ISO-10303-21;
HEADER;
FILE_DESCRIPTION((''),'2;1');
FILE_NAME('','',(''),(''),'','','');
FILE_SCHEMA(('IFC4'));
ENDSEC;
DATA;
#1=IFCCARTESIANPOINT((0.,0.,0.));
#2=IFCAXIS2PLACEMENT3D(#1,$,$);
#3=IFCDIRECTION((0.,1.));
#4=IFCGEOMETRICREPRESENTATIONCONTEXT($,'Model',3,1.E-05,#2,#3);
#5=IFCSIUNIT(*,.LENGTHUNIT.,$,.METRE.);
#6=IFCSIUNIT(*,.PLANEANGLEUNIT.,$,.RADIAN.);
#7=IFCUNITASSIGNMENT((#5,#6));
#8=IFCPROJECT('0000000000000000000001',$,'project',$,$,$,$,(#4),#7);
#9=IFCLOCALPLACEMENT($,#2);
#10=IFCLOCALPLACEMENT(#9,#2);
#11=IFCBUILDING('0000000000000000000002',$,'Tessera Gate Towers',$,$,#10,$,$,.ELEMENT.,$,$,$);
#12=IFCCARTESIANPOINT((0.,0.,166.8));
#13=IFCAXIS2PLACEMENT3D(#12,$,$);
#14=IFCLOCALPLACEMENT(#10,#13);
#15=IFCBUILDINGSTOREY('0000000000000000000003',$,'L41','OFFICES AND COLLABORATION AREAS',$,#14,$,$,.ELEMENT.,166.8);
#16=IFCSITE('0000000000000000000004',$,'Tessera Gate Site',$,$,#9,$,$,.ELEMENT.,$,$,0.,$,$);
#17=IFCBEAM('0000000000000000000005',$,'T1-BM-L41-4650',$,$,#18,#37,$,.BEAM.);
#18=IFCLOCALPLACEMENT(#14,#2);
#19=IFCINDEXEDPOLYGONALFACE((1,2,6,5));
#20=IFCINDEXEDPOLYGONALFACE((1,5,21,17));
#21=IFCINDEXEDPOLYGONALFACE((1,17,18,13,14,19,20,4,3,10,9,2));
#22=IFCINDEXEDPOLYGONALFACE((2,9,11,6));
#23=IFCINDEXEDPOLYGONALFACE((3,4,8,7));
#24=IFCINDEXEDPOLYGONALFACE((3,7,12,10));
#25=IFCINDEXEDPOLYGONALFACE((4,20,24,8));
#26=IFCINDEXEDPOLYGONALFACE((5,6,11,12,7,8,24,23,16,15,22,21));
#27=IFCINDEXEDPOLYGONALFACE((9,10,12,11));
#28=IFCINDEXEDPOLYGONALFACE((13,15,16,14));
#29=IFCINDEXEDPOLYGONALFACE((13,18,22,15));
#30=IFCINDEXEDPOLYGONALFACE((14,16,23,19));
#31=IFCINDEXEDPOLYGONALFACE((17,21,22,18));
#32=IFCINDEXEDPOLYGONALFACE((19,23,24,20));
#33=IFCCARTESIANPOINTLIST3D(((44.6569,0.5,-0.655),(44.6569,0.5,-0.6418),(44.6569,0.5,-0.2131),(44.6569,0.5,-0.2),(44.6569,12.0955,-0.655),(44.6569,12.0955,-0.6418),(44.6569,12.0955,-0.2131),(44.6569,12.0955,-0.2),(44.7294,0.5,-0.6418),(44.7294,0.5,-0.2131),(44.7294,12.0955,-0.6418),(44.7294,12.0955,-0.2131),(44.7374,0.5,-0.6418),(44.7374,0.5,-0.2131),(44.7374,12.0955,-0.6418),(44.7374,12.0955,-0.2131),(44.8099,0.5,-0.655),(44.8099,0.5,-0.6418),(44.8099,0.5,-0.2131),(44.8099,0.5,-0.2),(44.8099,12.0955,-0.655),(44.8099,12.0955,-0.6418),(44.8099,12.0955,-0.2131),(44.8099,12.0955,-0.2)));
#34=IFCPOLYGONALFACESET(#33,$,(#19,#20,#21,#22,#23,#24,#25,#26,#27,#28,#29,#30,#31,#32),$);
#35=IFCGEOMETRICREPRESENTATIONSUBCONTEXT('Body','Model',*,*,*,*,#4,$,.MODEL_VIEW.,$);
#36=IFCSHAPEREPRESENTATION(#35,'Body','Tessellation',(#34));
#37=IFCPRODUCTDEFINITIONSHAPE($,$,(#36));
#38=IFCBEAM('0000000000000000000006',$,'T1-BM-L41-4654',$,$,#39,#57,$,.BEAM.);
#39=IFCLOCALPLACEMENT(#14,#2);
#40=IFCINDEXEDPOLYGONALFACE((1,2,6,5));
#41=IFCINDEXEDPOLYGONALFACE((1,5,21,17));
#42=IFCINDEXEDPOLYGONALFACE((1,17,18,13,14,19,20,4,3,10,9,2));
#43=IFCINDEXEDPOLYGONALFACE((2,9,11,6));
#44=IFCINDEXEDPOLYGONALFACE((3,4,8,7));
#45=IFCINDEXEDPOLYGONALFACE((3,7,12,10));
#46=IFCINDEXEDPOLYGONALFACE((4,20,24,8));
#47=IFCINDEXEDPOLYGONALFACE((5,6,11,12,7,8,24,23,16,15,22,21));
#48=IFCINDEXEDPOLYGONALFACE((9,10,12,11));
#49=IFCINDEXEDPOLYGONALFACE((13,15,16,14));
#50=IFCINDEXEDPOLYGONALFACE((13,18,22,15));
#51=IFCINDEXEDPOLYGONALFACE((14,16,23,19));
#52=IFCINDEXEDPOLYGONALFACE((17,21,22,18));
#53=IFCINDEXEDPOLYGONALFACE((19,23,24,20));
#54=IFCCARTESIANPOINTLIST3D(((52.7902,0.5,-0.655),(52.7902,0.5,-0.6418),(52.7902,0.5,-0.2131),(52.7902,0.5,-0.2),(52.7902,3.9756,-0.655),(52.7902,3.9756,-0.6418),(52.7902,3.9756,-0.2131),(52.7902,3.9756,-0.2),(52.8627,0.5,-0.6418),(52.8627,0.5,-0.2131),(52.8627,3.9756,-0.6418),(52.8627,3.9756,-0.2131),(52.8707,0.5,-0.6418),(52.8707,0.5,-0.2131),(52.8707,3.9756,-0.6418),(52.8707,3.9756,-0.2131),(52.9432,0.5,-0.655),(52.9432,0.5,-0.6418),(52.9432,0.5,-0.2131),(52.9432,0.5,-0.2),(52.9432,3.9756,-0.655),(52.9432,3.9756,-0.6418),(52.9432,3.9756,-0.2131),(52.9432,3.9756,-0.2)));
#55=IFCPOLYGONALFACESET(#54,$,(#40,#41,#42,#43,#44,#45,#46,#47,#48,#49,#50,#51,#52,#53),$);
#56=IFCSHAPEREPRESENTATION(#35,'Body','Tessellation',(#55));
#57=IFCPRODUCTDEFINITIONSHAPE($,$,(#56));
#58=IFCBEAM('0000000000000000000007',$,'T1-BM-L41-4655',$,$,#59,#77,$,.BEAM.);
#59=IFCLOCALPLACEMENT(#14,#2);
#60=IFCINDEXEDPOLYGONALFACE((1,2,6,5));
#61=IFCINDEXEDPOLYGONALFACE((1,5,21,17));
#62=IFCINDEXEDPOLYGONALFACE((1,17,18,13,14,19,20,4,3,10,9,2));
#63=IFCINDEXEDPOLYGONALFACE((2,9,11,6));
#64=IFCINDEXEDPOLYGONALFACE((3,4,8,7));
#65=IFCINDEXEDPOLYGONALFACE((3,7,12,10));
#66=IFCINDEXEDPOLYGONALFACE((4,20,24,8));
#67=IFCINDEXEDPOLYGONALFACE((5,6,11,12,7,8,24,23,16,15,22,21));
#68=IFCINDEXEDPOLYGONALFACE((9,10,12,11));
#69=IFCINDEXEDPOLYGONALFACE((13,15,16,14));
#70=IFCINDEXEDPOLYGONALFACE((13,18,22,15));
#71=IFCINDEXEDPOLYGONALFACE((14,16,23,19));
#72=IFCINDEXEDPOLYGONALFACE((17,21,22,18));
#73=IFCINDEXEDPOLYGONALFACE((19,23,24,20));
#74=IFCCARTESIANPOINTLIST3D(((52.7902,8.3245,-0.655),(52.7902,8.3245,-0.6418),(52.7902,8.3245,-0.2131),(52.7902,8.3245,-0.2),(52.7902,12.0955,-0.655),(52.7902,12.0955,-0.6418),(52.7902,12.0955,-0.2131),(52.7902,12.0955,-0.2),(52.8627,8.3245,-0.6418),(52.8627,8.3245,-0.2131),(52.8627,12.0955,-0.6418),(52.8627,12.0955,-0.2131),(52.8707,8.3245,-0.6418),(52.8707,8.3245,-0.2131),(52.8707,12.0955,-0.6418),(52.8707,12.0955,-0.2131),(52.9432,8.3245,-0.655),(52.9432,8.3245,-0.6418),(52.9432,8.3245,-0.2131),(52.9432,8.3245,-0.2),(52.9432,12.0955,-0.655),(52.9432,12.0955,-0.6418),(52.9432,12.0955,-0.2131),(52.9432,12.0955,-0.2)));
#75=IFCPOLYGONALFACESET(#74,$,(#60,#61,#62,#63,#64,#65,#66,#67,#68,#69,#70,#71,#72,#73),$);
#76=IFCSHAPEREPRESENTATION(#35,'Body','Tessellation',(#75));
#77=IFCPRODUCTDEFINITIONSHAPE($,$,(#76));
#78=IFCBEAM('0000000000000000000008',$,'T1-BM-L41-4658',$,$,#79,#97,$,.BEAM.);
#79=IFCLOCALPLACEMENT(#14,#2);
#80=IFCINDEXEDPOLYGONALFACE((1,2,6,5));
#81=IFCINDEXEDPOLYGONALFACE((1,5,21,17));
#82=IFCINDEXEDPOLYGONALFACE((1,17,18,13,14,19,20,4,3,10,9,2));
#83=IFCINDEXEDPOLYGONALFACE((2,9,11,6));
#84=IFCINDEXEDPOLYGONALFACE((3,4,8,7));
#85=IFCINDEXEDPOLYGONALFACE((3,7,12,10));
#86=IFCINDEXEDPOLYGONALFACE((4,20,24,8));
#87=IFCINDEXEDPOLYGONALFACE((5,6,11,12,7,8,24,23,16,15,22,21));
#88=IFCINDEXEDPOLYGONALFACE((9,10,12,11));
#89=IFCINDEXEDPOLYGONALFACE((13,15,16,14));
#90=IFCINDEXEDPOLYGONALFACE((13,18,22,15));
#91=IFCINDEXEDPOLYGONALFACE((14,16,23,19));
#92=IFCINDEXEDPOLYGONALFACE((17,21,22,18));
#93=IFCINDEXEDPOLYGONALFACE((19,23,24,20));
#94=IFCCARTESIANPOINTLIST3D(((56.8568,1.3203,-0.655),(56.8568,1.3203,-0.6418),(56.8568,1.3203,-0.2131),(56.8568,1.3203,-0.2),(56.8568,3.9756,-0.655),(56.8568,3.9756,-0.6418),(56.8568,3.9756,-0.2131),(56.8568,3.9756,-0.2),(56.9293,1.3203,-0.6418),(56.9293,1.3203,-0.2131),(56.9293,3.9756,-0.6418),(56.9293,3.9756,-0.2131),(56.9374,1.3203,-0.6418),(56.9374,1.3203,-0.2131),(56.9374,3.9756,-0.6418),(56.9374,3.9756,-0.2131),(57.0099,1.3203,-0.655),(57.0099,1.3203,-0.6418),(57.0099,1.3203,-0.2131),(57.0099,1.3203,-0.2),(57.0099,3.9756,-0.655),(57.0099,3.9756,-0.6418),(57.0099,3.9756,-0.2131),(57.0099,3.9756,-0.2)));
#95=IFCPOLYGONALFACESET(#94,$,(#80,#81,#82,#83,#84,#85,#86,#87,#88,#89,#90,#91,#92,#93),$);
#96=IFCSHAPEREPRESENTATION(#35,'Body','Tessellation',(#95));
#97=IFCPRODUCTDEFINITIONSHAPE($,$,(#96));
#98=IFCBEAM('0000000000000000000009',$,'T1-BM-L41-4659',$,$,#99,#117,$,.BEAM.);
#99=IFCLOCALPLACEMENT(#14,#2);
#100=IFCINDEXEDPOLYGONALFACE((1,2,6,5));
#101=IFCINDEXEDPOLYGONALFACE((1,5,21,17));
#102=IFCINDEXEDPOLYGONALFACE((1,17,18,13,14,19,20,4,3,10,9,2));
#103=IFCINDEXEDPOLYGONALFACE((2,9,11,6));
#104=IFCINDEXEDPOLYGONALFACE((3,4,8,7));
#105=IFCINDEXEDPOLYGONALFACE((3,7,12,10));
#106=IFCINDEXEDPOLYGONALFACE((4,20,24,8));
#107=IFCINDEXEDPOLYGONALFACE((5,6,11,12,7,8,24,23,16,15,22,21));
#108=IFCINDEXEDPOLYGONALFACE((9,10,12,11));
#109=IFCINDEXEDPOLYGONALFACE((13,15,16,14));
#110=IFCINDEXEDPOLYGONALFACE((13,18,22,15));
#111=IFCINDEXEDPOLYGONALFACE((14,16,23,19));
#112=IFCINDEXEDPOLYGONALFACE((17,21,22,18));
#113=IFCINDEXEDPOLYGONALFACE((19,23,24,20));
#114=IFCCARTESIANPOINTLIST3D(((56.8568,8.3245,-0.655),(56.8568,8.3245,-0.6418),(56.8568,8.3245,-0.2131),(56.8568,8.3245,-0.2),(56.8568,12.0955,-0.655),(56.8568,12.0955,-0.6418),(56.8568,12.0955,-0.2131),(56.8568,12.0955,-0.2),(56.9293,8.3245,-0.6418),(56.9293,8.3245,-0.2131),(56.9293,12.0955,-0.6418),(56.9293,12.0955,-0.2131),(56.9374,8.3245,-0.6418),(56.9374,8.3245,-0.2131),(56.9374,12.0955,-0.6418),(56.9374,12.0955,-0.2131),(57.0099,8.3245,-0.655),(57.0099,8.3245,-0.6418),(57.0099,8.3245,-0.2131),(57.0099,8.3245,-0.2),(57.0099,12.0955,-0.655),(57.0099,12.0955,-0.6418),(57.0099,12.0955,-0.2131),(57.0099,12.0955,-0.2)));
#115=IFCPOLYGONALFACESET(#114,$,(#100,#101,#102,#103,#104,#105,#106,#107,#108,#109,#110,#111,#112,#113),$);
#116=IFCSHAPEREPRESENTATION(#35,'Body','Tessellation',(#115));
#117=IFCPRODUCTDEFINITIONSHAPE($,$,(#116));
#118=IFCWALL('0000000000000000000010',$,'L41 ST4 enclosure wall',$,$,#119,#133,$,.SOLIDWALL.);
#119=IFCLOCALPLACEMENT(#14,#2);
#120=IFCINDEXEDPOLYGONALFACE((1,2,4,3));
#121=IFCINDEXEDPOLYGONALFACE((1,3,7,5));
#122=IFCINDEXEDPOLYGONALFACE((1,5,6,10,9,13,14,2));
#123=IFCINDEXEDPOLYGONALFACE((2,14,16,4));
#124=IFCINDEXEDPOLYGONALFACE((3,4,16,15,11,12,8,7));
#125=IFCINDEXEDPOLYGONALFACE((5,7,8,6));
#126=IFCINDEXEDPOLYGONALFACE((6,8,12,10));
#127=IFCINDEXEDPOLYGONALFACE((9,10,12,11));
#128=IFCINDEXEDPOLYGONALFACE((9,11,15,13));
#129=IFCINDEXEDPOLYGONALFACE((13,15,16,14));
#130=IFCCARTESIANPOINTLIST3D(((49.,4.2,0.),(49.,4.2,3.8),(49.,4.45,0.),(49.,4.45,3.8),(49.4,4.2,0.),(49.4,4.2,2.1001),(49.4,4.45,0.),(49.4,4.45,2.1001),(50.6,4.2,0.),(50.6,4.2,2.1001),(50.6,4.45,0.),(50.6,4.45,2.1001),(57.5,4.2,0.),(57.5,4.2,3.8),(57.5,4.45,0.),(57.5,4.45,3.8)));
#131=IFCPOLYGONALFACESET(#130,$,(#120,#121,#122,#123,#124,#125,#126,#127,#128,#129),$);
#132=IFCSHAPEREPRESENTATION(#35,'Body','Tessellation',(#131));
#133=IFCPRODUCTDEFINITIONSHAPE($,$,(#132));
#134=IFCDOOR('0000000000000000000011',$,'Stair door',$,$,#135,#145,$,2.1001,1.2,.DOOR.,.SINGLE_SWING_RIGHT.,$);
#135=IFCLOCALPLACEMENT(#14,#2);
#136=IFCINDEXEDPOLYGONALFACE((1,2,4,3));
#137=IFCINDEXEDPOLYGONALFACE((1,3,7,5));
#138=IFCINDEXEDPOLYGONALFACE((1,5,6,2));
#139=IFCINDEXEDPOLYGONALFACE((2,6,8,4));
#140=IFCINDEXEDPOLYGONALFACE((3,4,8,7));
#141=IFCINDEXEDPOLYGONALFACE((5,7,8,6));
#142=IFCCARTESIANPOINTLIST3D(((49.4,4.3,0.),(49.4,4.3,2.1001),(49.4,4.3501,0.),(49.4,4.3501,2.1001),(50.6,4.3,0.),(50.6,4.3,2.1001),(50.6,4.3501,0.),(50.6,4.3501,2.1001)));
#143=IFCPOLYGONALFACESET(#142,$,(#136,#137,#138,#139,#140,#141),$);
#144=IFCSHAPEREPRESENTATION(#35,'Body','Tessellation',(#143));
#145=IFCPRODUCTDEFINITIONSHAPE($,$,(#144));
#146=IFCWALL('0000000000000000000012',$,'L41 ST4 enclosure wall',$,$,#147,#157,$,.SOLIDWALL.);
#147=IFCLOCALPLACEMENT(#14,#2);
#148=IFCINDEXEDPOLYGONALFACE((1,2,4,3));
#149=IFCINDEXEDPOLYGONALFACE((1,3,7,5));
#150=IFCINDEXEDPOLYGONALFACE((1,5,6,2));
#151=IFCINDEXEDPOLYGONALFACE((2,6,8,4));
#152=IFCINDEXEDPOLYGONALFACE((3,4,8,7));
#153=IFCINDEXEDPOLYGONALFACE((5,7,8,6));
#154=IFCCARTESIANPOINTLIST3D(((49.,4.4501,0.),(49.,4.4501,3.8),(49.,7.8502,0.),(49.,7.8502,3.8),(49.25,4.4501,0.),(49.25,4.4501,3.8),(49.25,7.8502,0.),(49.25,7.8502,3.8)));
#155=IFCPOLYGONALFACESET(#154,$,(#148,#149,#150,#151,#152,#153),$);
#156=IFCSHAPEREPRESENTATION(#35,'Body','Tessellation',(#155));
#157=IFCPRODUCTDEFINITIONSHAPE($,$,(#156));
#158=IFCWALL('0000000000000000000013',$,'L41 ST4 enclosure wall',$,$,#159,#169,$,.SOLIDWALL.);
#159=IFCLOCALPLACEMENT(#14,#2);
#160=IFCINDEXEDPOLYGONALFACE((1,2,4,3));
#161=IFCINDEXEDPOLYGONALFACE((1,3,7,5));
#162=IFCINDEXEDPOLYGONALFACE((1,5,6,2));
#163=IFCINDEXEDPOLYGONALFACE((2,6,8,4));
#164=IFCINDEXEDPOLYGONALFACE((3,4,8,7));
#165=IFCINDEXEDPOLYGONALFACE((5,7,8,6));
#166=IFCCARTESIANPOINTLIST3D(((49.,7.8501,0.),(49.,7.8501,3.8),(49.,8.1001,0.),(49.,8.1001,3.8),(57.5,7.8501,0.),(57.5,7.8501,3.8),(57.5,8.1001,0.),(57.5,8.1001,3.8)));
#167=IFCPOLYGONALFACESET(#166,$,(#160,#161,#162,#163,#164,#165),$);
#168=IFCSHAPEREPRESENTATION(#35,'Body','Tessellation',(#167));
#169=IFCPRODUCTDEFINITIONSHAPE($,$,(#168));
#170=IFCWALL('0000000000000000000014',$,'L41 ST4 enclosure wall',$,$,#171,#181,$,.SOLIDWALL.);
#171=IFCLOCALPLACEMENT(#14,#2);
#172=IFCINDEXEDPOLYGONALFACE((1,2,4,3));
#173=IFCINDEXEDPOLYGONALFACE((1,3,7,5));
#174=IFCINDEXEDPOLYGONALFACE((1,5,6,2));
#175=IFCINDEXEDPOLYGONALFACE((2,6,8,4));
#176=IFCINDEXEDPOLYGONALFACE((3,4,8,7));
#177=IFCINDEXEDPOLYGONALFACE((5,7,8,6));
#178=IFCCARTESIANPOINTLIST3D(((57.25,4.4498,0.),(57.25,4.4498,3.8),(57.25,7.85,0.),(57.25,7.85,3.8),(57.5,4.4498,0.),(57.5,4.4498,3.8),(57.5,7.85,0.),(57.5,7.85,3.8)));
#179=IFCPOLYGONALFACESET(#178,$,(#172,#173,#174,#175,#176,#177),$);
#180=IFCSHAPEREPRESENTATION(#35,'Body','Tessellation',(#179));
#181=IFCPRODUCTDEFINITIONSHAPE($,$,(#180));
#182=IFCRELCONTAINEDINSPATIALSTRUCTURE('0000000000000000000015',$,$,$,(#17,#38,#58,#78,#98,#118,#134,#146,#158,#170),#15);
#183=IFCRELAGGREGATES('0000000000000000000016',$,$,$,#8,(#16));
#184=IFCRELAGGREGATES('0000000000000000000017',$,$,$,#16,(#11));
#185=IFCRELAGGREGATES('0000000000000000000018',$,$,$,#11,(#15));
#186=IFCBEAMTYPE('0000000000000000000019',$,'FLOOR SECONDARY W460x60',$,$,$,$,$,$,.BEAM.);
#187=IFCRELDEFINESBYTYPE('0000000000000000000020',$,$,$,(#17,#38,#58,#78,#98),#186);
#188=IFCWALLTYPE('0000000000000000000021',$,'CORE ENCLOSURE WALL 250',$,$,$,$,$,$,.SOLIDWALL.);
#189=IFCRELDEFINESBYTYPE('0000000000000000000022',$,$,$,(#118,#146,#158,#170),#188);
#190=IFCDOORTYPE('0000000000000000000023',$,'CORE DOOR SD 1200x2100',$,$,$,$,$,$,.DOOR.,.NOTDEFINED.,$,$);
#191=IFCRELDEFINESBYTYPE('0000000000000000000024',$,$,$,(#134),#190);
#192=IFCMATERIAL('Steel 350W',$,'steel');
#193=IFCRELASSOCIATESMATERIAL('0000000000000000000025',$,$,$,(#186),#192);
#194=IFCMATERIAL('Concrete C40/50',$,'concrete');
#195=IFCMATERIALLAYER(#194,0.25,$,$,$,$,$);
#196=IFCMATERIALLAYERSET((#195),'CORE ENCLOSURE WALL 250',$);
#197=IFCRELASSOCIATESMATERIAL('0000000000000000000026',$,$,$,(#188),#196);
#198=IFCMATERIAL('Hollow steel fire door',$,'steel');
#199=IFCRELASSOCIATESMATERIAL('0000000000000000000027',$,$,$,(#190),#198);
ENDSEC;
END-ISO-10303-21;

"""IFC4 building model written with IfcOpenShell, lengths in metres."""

from ifc_helpers import new_model, si_unit, direction, frame, frame_2d, origin, origin_2d, place, context, subcontext, project, spatial, rectangle, i_section, extrude, source, transform, mapped, material, layer, layer_set, material_profile, profile_set, type_object, element, fill, save


model = new_model("IFC4")

# Units and contexts
model_context = context("Model", 3, precision=1e-05, world=origin(), true_north=direction((0.0, 1.0)))
body_context = subcontext(model_context, "Body", "Model", "MODEL_VIEW")
ifc_project = project(units=[si_unit("LENGTHUNIT", "METRE"), si_unit("PLANEANGLEUNIT", "RADIAN")], contexts=[model_context])

# Site, building, storey
site_placement = place(None, origin())
site = spatial("IfcSite", under=ifc_project, at=site_placement, Name="Tessera Gate Site", CompositionType="ELEMENT", RefElevation=0.0)
building_placement = place(site_placement, origin())
building = spatial("IfcBuilding", under=site, at=building_placement, Name="Tessera Gate Towers", CompositionType="ELEMENT")
storey_placement = place(building_placement, frame((0.0, 0.0, 166.8)))
storey = spatial("IfcBuildingStorey", under=building, at=storey_placement, Name="L41", Description="OFFICES AND COLLABORATION AREAS", CompositionType="ELEMENT", Elevation=166.8)

# Beams
ifc_material_1 = material(Name="Steel 350W", Category="steel")
ifc_material_profile_1 = material_profile(ifc_material_1, i_section(OverallWidth=0.1531, OverallDepth=0.4551, WebThickness=0.0081, FlangeThickness=0.0132, at=origin_2d()), Name="W460x60")
ifc_profile_set_1 = profile_set([ifc_material_profile_1], Name="Steel 350W")
beam_type_1 = type_object("IfcBeamType", Name="FLOOR SECONDARY W460x60", PredefinedType="BEAM", material=ifc_profile_set_1)
for number, where, z_axis, x_axis, name in (
    (1, (44.7334, 0.5, -0.4275), (0.0, 1.0, 0.0), (-1.0, 0.0, 0.0), "T1-BM-L41-4650"),
):
    element("IfcBeam", number, at=place(storey_placement, frame(where, z_axis=z_axis, x_axis=x_axis)), inside=storey, type_object=beam_type_1, Name=name, PredefinedType="BEAM", context=body_context, shape_type="SweptSolid", body=[
        extrude(i_section(OverallWidth=0.1531, OverallDepth=0.4551, WebThickness=0.0081, FlangeThickness=0.0132, at=origin_2d()), origin(), (0.0, 0.0, 1.0), 11.5955),
    ])
beam_1_placement = place(storey_placement, frame((52.8667, 0.5, -0.4275), z_axis=(0.0, 1.0, 0.0), x_axis=(-1.0, 0.0, 0.0)))
element("IfcBeam", 2, at=beam_1_placement, inside=storey, type_object=beam_type_1, Name="T1-BM-L41-4654", PredefinedType="BEAM", context=body_context, shape_type="SweptSolid", body=[
    extrude(i_section(OverallWidth=0.1531, OverallDepth=0.4551, WebThickness=0.0081, FlangeThickness=0.0132, at=origin_2d()), origin(), (0.0, 0.0, 1.0), 3.4756),
])
beam_2_placement = place(storey_placement, frame((52.8667, 8.3245, -0.4275), z_axis=(0.0, 1.0, 0.0), x_axis=(-1.0, 0.0, 0.0)))
element("IfcBeam", 3, at=beam_2_placement, inside=storey, type_object=beam_type_1, Name="T1-BM-L41-4655", PredefinedType="BEAM", context=body_context, shape_type="SweptSolid", body=[
    extrude(i_section(OverallWidth=0.1531, OverallDepth=0.4551, WebThickness=0.0081, FlangeThickness=0.0132, at=origin_2d()), origin(), (0.0, 0.0, 1.0), 3.771),
])
beam_3_placement = place(storey_placement, frame((56.9333, 1.3203, -0.4275), z_axis=(0.0, 1.0, 0.0), x_axis=(-1.0, 0.0, 0.0)))
element("IfcBeam", 4, at=beam_3_placement, inside=storey, type_object=beam_type_1, Name="T1-BM-L41-4658", PredefinedType="BEAM", context=body_context, shape_type="SweptSolid", body=[
    extrude(i_section(OverallWidth=0.1531, OverallDepth=0.4551, WebThickness=0.0081, FlangeThickness=0.0132, at=origin_2d()), origin(), (0.0, 0.0, 1.0), 2.6553),
])
beam_4_placement = place(storey_placement, frame((56.9333, 8.3245, -0.4275), z_axis=(0.0, 1.0, 0.0), x_axis=(-1.0, 0.0, 0.0)))
element("IfcBeam", 5, at=beam_4_placement, inside=storey, type_object=beam_type_1, Name="T1-BM-L41-4659", PredefinedType="BEAM", context=body_context, shape_type="SweptSolid", body=[
    extrude(i_section(OverallWidth=0.1531, OverallDepth=0.4551, WebThickness=0.0081, FlangeThickness=0.0132, at=origin_2d()), origin(), (0.0, 0.0, 1.0), 3.771),
])

# Wall, opening, door
ifc_material_2 = material(Name="Concrete C40/50", Category="concrete")
ifc_layer_1 = layer(ifc_material_2, 0.25)
ifc_layer_set_1 = layer_set([ifc_layer_1], Name="CORE ENCLOSURE WALL 250")
wall_type_1 = type_object("IfcWallType", Name="CORE ENCLOSURE WALL 250", PredefinedType="SOLIDWALL", material=ifc_layer_set_1)
wall_1_placement = place(storey_placement, frame((57.5, 4.325, 0.0), z_axis=(0.0, 0.0, 1.0), x_axis=(-1.0, 0.0, 0.0)))
wall_1 = element("IfcWall", 6, at=wall_1_placement, inside=storey, type_object=wall_type_1, Name="L41 ST4 enclosure wall", PredefinedType="SOLIDWALL", context=body_context, shape_type="SweptSolid", body=[
    extrude(rectangle(XDim=8.5, YDim=0.25, at=frame_2d((4.25, 0.0))), origin(), (0.0, 0.0, 1.0), 3.8),
])
shared_shape_1 = source(origin(), body_context, "Body", "SweptSolid", [
    extrude(rectangle(XDim=1.2, YDim=2.1001, at=frame_2d((0.6001, 1.05))), frame((0.0, 0.135, 0.0), z_axis=(0.0, -1.0, 0.0), x_axis=(1.0, 0.0, 0.0)), (0.0, 0.0, 1.0), 0.27),
])
opening_1_placement = place(wall_1_placement, frame((6.8999, 0.0, 0.0)))
opening_1 = element("IfcOpeningElement", 7, at=opening_1_placement, cuts=wall_1, PredefinedType="OPENING", context=body_context, shape_type="MappedRepresentation", body=[
    mapped(shared_shape_1, transform((0.0, 0.0, 0.0), scale=1.0)),
])
ifc_material_3 = material(Name="Hollow steel fire door", Category="steel")
door_type_1 = type_object("IfcDoorType", Name="CORE DOOR SD 1200x2100", OperationType="NOTDEFINED", PredefinedType="DOOR", material=ifc_material_3)
shared_shape_2 = source(origin(), body_context, "Body", "SweptSolid", [
    extrude(rectangle(XDim=1.2, YDim=2.1001, at=frame_2d((0.6001, 1.05))), frame((0.0, 0.0249, 0.0), z_axis=(0.0, -1.0, 0.0), x_axis=(1.0, 0.0, 0.0)), (0.0, 0.0, 1.0), 0.05),
])
door_1_placement = place(opening_1_placement, origin())
door_1 = element("IfcDoor", 8, at=door_1_placement, inside=storey, type_object=door_type_1, Name="Stair door", OperationType="SINGLE_SWING_RIGHT", OverallHeight=2.1001, OverallWidth=1.2, PredefinedType="DOOR", context=body_context, shape_type="MappedRepresentation", body=[
    mapped(shared_shape_2, transform((0.0, 0.0, 0.0), scale=1.0)),
])
fill(opening_1, door_1)

# Walls
wall_2_placement = place(storey_placement, frame((49.125, 4.45, 0.0), z_axis=(0.0, 0.0, 1.0), x_axis=(0.0, 1.0, 0.0)))
element("IfcWall", 9, at=wall_2_placement, inside=storey, type_object=wall_type_1, Name="L41 ST4 enclosure wall", PredefinedType="SOLIDWALL", context=body_context, shape_type="SweptSolid", body=[
    extrude(rectangle(XDim=3.4001, YDim=0.25, at=frame_2d((1.7002, 0.0))), origin(), (0.0, 0.0, 1.0), 3.8),
])
wall_3_placement = place(storey_placement, frame((49.0, 7.9751, 0.0), z_axis=(0.0, 0.0, 1.0), x_axis=(1.0, 0.0, 0.0)))
element("IfcWall", 10, at=wall_3_placement, inside=storey, type_object=wall_type_1, Name="L41 ST4 enclosure wall", PredefinedType="SOLIDWALL", context=body_context, shape_type="SweptSolid", body=[
    extrude(rectangle(XDim=8.5, YDim=0.25, at=frame_2d((4.25, 0.0))), origin(), (0.0, 0.0, 1.0), 3.8),
])
wall_4_placement = place(storey_placement, frame((57.375, 7.8501, 0.0), z_axis=(0.0, 0.0, 1.0), x_axis=(0.0, -1.0, 0.0)))
element("IfcWall", 11, at=wall_4_placement, inside=storey, type_object=wall_type_1, Name="L41 ST4 enclosure wall", PredefinedType="SOLIDWALL", context=body_context, shape_type="SweptSolid", body=[
    extrude(rectangle(XDim=3.4001, YDim=0.25, at=frame_2d((1.7002, 0.0))), origin(), (0.0, 0.0, 1.0), 3.8),
])

save(model, "model.ifc")
